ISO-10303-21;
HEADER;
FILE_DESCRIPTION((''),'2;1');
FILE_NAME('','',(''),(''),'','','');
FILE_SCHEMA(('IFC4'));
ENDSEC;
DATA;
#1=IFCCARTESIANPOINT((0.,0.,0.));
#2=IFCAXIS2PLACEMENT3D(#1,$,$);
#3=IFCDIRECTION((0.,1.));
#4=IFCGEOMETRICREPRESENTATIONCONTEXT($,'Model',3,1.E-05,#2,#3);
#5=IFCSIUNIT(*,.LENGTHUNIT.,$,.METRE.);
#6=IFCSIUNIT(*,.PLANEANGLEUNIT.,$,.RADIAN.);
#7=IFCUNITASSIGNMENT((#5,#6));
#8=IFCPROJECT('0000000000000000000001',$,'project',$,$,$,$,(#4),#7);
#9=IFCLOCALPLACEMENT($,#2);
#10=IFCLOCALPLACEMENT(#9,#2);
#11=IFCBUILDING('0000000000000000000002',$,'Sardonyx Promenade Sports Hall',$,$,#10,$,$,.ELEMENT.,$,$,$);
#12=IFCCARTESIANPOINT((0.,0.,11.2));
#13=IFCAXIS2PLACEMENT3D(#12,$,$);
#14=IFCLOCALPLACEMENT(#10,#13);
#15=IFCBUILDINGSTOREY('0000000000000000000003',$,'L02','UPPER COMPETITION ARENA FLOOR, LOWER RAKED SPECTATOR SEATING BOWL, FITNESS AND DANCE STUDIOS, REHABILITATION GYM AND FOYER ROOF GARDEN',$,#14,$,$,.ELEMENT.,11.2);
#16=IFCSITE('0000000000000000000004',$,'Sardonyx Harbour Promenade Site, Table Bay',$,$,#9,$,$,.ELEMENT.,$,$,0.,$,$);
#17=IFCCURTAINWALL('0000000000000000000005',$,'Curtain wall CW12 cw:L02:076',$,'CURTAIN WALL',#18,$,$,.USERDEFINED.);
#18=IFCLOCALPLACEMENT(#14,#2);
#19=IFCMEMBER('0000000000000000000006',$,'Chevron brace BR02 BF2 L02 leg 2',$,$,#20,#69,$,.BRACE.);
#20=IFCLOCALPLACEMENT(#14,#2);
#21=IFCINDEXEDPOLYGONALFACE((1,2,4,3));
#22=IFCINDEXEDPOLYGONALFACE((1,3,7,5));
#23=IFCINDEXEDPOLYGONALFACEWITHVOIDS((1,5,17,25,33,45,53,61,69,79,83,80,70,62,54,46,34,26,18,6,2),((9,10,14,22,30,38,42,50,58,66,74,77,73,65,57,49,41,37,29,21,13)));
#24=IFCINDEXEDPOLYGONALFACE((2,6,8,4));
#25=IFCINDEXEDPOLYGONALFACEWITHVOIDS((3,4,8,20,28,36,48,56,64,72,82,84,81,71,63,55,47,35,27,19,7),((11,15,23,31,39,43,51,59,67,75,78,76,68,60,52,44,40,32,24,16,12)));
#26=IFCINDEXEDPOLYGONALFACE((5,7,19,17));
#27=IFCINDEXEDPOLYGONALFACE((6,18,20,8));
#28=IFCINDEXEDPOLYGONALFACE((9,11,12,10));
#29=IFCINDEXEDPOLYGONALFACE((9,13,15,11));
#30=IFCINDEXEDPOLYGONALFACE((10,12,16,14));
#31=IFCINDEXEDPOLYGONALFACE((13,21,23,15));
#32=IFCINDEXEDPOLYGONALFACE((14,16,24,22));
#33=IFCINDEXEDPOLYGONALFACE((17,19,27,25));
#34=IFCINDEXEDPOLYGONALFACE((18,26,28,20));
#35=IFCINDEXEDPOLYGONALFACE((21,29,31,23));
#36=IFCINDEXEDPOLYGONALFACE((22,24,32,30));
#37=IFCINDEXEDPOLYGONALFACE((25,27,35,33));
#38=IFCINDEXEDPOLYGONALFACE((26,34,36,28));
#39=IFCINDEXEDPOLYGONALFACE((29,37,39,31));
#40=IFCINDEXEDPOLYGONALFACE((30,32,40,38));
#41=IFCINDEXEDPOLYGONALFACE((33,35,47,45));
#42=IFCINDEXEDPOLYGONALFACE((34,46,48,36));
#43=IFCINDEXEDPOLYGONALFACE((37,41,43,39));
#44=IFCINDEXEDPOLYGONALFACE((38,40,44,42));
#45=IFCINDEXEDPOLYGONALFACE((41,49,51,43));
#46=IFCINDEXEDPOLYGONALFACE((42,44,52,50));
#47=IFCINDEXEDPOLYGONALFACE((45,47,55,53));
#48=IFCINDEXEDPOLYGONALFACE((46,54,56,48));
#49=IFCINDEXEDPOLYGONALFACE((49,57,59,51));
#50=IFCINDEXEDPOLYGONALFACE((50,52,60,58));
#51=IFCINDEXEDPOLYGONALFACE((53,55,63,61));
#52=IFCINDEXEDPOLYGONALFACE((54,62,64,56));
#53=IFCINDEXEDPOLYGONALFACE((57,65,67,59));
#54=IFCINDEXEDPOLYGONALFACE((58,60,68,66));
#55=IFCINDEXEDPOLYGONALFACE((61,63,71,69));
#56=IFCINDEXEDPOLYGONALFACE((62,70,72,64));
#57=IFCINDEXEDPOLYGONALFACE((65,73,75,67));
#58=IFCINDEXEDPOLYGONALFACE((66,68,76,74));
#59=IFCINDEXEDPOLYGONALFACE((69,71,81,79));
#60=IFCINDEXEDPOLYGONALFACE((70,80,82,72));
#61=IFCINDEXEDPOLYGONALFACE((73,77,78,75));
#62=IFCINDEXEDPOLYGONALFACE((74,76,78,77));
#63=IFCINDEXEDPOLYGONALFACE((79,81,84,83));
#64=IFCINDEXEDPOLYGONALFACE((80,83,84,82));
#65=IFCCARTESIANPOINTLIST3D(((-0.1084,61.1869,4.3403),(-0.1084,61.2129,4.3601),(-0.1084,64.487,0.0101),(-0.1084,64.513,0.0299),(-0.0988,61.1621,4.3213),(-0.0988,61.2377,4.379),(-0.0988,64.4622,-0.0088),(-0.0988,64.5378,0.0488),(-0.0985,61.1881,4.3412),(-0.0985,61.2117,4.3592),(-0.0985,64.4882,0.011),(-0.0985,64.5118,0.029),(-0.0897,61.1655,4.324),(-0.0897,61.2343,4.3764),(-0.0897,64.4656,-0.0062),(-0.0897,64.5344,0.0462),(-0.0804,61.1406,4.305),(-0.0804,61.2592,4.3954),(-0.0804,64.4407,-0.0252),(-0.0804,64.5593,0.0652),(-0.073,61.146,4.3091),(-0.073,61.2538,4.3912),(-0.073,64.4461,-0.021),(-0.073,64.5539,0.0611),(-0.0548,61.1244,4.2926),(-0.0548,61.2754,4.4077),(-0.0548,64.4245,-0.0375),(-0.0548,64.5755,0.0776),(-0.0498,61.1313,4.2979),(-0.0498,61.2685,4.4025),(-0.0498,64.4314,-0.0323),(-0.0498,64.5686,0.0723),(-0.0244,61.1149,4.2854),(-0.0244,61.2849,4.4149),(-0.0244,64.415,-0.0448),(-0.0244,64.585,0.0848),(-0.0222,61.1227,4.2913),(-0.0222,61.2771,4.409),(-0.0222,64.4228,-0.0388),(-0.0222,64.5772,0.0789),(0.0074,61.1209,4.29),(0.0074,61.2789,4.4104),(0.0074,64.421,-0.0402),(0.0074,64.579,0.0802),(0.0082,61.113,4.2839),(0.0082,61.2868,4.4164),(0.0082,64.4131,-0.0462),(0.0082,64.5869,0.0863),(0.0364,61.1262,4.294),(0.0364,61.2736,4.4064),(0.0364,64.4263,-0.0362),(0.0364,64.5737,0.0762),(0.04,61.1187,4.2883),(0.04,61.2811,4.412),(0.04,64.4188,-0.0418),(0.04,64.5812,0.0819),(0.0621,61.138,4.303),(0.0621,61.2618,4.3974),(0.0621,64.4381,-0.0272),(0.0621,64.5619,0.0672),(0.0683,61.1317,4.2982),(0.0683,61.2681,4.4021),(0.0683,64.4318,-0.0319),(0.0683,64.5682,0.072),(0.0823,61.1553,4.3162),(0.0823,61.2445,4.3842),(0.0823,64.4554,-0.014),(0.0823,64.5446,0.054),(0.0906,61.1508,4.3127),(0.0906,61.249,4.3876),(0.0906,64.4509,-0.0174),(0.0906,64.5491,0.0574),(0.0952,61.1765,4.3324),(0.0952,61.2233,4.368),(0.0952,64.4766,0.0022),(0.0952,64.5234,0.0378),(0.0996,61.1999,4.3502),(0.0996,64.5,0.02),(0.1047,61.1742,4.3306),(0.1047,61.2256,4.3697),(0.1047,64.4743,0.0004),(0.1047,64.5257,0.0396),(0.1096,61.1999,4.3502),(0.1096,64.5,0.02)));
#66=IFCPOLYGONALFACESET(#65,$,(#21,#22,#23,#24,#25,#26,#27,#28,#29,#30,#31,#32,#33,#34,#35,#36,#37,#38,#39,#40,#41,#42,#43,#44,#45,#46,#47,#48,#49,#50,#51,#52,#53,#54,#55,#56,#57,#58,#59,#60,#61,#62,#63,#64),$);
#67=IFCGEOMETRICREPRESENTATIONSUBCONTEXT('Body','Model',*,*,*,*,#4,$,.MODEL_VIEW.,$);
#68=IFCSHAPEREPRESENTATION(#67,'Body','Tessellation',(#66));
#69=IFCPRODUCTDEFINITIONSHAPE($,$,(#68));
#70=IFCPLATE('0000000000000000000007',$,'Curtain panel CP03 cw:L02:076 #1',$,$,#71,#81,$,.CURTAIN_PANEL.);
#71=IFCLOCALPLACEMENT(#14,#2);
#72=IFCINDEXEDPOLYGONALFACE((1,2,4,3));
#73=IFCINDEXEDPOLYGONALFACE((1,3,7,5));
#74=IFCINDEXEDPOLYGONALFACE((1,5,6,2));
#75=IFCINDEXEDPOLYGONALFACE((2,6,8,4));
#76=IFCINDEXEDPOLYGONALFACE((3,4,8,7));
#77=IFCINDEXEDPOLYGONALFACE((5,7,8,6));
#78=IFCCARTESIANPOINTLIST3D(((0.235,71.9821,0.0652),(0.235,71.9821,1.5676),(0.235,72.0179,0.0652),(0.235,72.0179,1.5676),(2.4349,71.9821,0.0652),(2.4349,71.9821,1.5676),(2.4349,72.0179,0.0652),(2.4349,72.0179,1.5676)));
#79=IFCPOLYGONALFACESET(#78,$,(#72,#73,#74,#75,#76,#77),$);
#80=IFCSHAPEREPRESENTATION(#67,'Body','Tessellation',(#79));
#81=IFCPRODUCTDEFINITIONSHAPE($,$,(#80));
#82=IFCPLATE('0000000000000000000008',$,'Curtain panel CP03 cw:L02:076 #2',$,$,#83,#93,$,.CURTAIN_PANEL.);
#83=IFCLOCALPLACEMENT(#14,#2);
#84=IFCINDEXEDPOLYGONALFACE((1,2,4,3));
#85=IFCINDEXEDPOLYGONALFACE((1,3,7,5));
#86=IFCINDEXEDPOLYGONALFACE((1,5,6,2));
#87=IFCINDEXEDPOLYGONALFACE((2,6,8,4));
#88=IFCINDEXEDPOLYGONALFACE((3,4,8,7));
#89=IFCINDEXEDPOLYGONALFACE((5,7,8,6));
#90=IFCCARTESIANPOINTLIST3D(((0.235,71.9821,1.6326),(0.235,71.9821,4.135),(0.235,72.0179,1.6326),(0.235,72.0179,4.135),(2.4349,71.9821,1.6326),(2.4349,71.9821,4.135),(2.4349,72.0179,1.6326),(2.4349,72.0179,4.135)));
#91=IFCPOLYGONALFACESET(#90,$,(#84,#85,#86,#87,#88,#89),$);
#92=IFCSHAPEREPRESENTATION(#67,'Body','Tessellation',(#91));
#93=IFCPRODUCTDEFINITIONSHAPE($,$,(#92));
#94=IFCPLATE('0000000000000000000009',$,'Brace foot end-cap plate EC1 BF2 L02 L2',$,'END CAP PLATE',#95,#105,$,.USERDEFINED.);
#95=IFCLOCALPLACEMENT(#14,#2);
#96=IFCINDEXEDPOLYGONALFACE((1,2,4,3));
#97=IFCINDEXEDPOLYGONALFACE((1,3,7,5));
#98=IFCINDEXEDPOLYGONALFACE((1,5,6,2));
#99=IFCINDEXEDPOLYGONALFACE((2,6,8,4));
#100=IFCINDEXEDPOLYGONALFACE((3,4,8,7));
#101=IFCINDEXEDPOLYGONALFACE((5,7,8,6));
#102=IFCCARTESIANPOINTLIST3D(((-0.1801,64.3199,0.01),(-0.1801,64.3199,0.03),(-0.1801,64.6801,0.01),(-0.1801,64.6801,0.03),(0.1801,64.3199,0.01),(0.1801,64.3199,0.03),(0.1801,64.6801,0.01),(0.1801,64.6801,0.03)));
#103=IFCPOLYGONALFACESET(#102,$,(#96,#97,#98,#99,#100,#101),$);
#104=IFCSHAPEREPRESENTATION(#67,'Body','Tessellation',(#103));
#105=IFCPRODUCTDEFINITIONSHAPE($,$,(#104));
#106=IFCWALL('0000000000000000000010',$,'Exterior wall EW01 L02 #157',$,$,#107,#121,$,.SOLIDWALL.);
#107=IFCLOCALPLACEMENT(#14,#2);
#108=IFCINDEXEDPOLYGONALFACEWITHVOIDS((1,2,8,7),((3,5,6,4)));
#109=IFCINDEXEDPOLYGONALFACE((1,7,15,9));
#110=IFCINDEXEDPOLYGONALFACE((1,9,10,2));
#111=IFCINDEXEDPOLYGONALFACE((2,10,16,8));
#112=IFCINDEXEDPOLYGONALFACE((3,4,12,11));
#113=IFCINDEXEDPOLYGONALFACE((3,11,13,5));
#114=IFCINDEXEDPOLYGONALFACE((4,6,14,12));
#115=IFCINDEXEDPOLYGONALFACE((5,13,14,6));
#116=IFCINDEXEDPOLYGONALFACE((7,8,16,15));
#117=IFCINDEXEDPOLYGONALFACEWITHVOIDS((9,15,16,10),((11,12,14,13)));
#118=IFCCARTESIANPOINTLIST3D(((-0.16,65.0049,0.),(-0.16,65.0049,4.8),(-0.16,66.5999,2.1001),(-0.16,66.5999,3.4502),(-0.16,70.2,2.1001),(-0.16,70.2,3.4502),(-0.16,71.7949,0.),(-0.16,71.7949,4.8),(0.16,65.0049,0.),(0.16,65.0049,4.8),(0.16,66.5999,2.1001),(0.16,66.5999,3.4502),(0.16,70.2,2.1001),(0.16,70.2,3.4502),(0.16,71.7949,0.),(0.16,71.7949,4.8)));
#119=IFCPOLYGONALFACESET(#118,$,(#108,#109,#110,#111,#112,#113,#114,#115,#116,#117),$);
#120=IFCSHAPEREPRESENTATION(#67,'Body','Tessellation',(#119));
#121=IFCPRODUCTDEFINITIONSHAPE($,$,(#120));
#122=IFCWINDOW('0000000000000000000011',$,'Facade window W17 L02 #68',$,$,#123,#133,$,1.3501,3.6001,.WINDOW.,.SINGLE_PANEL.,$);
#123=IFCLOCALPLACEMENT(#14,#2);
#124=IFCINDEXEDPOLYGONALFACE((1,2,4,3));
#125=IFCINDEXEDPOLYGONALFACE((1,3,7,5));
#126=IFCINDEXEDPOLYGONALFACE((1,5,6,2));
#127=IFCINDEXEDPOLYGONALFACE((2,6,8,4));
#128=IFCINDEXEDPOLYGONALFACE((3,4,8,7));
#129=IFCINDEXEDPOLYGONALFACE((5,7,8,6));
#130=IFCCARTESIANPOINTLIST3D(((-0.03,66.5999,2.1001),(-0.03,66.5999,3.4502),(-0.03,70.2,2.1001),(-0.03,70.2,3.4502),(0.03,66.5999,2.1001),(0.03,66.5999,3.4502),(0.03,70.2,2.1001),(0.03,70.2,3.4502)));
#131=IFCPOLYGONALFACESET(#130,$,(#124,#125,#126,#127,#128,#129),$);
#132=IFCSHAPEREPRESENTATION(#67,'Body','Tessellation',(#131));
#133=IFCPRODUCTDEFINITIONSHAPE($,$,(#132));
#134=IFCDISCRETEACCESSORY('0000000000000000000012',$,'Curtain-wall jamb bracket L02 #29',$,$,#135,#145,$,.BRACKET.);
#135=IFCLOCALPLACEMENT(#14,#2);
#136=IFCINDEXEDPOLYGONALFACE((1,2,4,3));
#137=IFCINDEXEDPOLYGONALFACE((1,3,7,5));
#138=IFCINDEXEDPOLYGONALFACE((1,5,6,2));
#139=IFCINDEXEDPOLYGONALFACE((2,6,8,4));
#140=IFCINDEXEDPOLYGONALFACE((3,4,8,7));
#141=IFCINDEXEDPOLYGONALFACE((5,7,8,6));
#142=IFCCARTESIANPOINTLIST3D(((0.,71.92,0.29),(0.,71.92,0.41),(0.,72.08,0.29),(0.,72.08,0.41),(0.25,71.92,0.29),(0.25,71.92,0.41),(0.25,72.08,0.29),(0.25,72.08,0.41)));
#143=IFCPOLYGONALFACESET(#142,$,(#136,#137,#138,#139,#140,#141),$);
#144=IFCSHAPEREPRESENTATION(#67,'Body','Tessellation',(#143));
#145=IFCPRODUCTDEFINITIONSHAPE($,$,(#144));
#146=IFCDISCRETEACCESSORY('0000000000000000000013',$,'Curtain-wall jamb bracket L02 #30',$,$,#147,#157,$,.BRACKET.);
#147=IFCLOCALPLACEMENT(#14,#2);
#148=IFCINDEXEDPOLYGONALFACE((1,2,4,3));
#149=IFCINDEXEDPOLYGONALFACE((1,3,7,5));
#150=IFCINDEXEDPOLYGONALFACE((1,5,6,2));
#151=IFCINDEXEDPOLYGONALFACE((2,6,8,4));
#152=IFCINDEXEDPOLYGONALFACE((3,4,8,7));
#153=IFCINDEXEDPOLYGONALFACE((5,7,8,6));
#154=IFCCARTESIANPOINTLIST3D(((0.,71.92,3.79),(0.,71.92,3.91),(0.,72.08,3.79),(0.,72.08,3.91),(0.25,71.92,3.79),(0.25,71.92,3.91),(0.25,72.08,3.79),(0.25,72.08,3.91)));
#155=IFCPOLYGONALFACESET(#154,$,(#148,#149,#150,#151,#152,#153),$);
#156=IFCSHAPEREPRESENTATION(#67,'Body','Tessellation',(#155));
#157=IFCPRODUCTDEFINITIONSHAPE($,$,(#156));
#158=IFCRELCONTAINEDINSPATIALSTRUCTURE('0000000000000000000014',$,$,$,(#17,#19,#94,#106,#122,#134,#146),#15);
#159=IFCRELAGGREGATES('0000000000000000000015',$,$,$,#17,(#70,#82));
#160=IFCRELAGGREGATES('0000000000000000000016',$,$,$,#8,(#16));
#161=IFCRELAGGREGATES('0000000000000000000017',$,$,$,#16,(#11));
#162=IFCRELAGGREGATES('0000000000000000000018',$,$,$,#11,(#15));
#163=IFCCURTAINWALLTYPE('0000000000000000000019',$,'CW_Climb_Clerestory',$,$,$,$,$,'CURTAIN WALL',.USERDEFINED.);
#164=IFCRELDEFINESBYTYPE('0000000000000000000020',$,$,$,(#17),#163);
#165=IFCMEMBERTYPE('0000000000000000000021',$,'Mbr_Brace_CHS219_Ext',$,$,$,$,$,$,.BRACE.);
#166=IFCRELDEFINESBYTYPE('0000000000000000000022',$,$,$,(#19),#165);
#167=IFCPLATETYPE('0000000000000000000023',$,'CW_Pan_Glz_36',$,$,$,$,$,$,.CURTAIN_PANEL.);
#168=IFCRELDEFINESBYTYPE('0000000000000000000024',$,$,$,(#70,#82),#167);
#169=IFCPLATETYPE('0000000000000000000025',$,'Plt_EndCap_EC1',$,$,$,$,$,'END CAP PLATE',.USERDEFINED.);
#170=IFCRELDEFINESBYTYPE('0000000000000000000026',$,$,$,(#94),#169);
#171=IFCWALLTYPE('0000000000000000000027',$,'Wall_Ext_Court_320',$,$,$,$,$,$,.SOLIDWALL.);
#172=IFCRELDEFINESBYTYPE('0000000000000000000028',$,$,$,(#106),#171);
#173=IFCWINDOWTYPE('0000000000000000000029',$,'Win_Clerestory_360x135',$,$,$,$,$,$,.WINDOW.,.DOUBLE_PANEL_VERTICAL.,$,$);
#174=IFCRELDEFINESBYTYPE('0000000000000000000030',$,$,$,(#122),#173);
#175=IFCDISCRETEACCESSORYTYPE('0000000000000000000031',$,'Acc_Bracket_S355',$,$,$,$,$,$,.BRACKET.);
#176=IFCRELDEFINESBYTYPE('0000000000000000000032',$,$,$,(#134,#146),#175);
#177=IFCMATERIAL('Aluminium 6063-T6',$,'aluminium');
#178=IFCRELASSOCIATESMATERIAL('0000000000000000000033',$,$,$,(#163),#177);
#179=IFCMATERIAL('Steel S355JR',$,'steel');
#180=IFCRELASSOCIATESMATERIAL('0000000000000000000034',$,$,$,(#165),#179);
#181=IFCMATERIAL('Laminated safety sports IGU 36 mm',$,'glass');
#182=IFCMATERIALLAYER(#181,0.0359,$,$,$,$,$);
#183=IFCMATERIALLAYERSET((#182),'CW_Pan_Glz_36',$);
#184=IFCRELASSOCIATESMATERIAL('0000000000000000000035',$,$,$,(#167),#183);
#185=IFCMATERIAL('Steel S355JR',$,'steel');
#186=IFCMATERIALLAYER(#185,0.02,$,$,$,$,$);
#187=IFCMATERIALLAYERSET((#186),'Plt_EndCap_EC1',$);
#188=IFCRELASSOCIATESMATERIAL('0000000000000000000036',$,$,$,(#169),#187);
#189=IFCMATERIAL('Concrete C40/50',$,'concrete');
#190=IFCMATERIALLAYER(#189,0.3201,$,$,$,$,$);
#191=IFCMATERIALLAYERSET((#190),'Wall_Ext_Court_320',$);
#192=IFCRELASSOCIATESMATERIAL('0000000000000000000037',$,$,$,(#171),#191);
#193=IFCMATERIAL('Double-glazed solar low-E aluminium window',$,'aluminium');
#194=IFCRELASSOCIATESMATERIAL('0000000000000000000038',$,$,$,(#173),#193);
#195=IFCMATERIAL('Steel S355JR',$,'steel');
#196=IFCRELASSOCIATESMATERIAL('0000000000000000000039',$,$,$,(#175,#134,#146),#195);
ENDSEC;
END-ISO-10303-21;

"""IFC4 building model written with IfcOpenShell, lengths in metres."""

from ifc_helpers import new_model, si_unit, direction, frame, frame_2d, origin, origin_2d, place, context, subcontext, project, spatial, rectangle, hollow_circle, extrude, material, layer, layer_set, material_profile, profile_set, type_object, element, fill, aggregate, save


model = new_model("IFC4")

# Units and contexts
model_context = context("Model", 3, precision=1e-05, world=origin(), true_north=direction((0.0, 1.0)))
body_context = subcontext(model_context, "Body", "Model", "MODEL_VIEW")
ifc_project = project(units=[si_unit("LENGTHUNIT", "METRE"), si_unit("PLANEANGLEUNIT", "RADIAN")], contexts=[model_context])

# Site, building, storey
site_placement = place(None, origin())
site = spatial("IfcSite", under=ifc_project, at=site_placement, Name="Sardonyx Harbour Promenade Site, Table Bay", CompositionType="ELEMENT", RefElevation=0.0)
building_placement = place(site_placement, origin())
building = spatial("IfcBuilding", under=site, at=building_placement, Name="Sardonyx Promenade Sports Hall", CompositionType="ELEMENT")
storey_placement = place(building_placement, frame((0.0, 0.0, 11.2)))
storey = spatial("IfcBuildingStorey", under=building, at=storey_placement, Name="L02", Description="UPPER COMPETITION ARENA FLOOR, LOWER RAKED SPECTATOR SEATING BOWL, FITNESS AND DANCE STUDIOS, REHABILITATION GYM AND FOYER ROOF GARDEN", CompositionType="ELEMENT", Elevation=11.2)

# Curtain wall
ifc_material_1 = material(Name="Aluminium 6063-T6", Category="aluminium")
curtain_wall_type = type_object("IfcCurtainWallType", Name="CW_Climb_Clerestory", ElementType="CURTAIN WALL", PredefinedType="USERDEFINED", material=ifc_material_1)
curtain_wall_placement = place(storey_placement, origin())
curtain_wall = element("IfcCurtainWall", 1, at=curtain_wall_placement, inside=storey, type_object=curtain_wall_type, Name="Curtain wall CW12 cw:L02:076", ObjectType="CURTAIN WALL", PredefinedType="USERDEFINED")

# Member
ifc_material_2 = material(Name="Steel S355JR", Category="steel")
ifc_material_profile_1 = material_profile(ifc_material_2, hollow_circle(Radius=0.1096, WallThickness=0.01, at=origin_2d()))
ifc_profile_set_1 = profile_set([ifc_material_profile_1], Name="Steel S355JR")
member_type_1 = type_object("IfcMemberType", Name="Mbr_Brace_CHS219_Ext", PredefinedType="BRACE", material=ifc_profile_set_1)
member_1_placement = place(storey_placement, frame((0.0, 64.5, 0.02), z_axis=(0.0, -0.606153, 0.795348), x_axis=(1.0, 0.0, 0.0)))
element("IfcMember", 2, at=member_1_placement, inside=storey, type_object=member_type_1, Name="Chevron brace BR02 BF2 L02 leg 2", PredefinedType="BRACE", context=body_context, shape_type="SweptSolid", body=[
    extrude(hollow_circle(Radius=0.1096, WallThickness=0.01, at=origin_2d()), origin(), (0.0, 0.0, 1.0), 5.4443),
])

# Plates
ifc_material_3 = material(Name="Laminated safety sports IGU 36 mm", Category="glass")
ifc_layer_1 = layer(ifc_material_3, 0.0359)
ifc_layer_set_1 = layer_set([ifc_layer_1], Name="CW_Pan_Glz_36")
plate_type_1 = type_object("IfcPlateType", Name="CW_Pan_Glz_36", PredefinedType="CURTAIN_PANEL", material=ifc_layer_set_1)
plate_1_placement = place(storey_placement, frame((1.335, 72.0, 0.0652), z_axis=(0.0, 0.0, 1.0), x_axis=(1.0, 0.0, 0.0)))
plate_1 = element("IfcPlate", 3, at=plate_1_placement, type_object=plate_type_1, Name="Curtain panel CP03 cw:L02:076 #1", PredefinedType="CURTAIN_PANEL", context=body_context, shape_type="SweptSolid", body=[
    extrude(rectangle(XDim=2.2, YDim=0.0359, at=origin_2d()), origin(), (0.0, 0.0, 1.0), 1.5024),
])
plate_2_placement = place(storey_placement, frame((1.335, 72.0, 1.6326), z_axis=(0.0, 0.0, 1.0), x_axis=(1.0, 0.0, 0.0)))
plate_2 = element("IfcPlate", 4, at=plate_2_placement, type_object=plate_type_1, Name="Curtain panel CP03 cw:L02:076 #2", PredefinedType="CURTAIN_PANEL", context=body_context, shape_type="SweptSolid", body=[
    extrude(rectangle(XDim=2.2, YDim=0.0359, at=origin_2d()), origin(), (0.0, 0.0, 1.0), 2.5024),
])
aggregate(curtain_wall, [plate_1, plate_2])
ifc_material_4 = material(Name="Steel S355JR", Category="steel")
ifc_layer_2 = layer(ifc_material_4, 0.02)
ifc_layer_set_2 = layer_set([ifc_layer_2], Name="Plt_EndCap_EC1")
plate_type_2 = type_object("IfcPlateType", Name="Plt_EndCap_EC1", ElementType="END CAP PLATE", PredefinedType="USERDEFINED", material=ifc_layer_set_2)
plate_3_placement = place(storey_placement, frame((0.0, 64.5, 0.01), z_axis=(0.0, 0.0, 1.0), x_axis=(1.0, 0.0, 0.0)))
element("IfcPlate", 5, at=plate_3_placement, inside=storey, type_object=plate_type_2, Name="Brace foot end-cap plate EC1 BF2 L02 L2", ObjectType="END CAP PLATE", PredefinedType="USERDEFINED", context=body_context, shape_type="SweptSolid", body=[
    extrude(rectangle(XDim=0.3601, YDim=0.3601, at=origin_2d()), origin(), (0.0, 0.0, 1.0), 0.02),
])

# Wall, opening, window
ifc_material_5 = material(Name="Concrete C40/50", Category="concrete")
ifc_layer_3 = layer(ifc_material_5, 0.3201)
ifc_layer_set_3 = layer_set([ifc_layer_3], Name="Wall_Ext_Court_320")
wall_type = type_object("IfcWallType", Name="Wall_Ext_Court_320", PredefinedType="SOLIDWALL", material=ifc_layer_set_3)
wall_placement = place(storey_placement, frame((0.0, 65.0049, 0.0), z_axis=(0.0, 0.0, 1.0), x_axis=(0.0, 1.0, 0.0)))
wall = element("IfcWall", 6, at=wall_placement, inside=storey, type_object=wall_type, Name="Exterior wall EW01 L02 #157", PredefinedType="SOLIDWALL", context=body_context, shape_type="SweptSolid", body=[
    extrude(rectangle(XDim=6.79, YDim=0.3201, at=frame_2d((3.395, 0.0))), origin(), (0.0, 0.0, 1.0), 4.8),
])
opening_placement = place(wall_placement, frame((1.595, 0.0, 2.1001)))
opening = element("IfcOpeningElement", 7, at=opening_placement, cuts=wall, PredefinedType="OPENING", context=body_context, shape_type="SweptSolid", body=[
    extrude(rectangle(XDim=3.6001, YDim=1.3501, at=frame_2d((1.8, 0.675))), frame((0.0, 0.17, 0.0), z_axis=(0.0, -1.0, 0.0), x_axis=(1.0, 0.0, 0.0)), (0.0, 0.0, 1.0), 0.34),
])
ifc_material_6 = material(Name="Double-glazed solar low-E aluminium window", Category="aluminium")
window_type = type_object("IfcWindowType", Name="Win_Clerestory_360x135", PartitioningType="DOUBLE_PANEL_VERTICAL", PredefinedType="WINDOW", material=ifc_material_6)
window_placement = place(opening_placement, origin())
window = element("IfcWindow", 8, at=window_placement, inside=storey, type_object=window_type, Name="Facade window W17 L02 #68", OverallHeight=1.3501, OverallWidth=3.6001, PartitioningType="SINGLE_PANEL", PredefinedType="WINDOW", context=body_context, shape_type="SweptSolid", body=[
    extrude(rectangle(XDim=3.6001, YDim=1.3501, at=frame_2d((1.8, 0.675))), frame((0.0, 0.03, 0.0), z_axis=(0.0, -1.0, 0.0), x_axis=(1.0, 0.0, 0.0)), (0.0, 0.0, 1.0), 0.0601),
])
fill(opening, window)

# Discrete accessories
ifc_material_7 = material(Name="Steel S355JR", Category="steel")
discrete_accessory_type = type_object("IfcDiscreteAccessoryType", Name="Acc_Bracket_S355", PredefinedType="BRACKET", material=ifc_material_7)
for number, where, z_axis, x_axis, name in (
    (9, (0.125, 72.0, 0.29), (0.0, 0.0, 1.0), (1.0, 0.0, 0.0), "Curtain-wall jamb bracket L02 #29"),
    (10, (0.125, 72.0, 3.79), (0.0, 0.0, 1.0), (1.0, 0.0, 0.0), "Curtain-wall jamb bracket L02 #30"),
):
    element("IfcDiscreteAccessory", number, at=place(storey_placement, frame(where, z_axis=z_axis, x_axis=x_axis)), inside=storey, type_object=discrete_accessory_type, material=ifc_material_7, Name=name, PredefinedType="BRACKET", context=body_context, shape_type="SweptSolid", body=[
        extrude(rectangle(XDim=0.25, YDim=0.16), origin(), (0.0, 0.0, 1.0), 0.12),
    ])

save(model, "model.ifc")
